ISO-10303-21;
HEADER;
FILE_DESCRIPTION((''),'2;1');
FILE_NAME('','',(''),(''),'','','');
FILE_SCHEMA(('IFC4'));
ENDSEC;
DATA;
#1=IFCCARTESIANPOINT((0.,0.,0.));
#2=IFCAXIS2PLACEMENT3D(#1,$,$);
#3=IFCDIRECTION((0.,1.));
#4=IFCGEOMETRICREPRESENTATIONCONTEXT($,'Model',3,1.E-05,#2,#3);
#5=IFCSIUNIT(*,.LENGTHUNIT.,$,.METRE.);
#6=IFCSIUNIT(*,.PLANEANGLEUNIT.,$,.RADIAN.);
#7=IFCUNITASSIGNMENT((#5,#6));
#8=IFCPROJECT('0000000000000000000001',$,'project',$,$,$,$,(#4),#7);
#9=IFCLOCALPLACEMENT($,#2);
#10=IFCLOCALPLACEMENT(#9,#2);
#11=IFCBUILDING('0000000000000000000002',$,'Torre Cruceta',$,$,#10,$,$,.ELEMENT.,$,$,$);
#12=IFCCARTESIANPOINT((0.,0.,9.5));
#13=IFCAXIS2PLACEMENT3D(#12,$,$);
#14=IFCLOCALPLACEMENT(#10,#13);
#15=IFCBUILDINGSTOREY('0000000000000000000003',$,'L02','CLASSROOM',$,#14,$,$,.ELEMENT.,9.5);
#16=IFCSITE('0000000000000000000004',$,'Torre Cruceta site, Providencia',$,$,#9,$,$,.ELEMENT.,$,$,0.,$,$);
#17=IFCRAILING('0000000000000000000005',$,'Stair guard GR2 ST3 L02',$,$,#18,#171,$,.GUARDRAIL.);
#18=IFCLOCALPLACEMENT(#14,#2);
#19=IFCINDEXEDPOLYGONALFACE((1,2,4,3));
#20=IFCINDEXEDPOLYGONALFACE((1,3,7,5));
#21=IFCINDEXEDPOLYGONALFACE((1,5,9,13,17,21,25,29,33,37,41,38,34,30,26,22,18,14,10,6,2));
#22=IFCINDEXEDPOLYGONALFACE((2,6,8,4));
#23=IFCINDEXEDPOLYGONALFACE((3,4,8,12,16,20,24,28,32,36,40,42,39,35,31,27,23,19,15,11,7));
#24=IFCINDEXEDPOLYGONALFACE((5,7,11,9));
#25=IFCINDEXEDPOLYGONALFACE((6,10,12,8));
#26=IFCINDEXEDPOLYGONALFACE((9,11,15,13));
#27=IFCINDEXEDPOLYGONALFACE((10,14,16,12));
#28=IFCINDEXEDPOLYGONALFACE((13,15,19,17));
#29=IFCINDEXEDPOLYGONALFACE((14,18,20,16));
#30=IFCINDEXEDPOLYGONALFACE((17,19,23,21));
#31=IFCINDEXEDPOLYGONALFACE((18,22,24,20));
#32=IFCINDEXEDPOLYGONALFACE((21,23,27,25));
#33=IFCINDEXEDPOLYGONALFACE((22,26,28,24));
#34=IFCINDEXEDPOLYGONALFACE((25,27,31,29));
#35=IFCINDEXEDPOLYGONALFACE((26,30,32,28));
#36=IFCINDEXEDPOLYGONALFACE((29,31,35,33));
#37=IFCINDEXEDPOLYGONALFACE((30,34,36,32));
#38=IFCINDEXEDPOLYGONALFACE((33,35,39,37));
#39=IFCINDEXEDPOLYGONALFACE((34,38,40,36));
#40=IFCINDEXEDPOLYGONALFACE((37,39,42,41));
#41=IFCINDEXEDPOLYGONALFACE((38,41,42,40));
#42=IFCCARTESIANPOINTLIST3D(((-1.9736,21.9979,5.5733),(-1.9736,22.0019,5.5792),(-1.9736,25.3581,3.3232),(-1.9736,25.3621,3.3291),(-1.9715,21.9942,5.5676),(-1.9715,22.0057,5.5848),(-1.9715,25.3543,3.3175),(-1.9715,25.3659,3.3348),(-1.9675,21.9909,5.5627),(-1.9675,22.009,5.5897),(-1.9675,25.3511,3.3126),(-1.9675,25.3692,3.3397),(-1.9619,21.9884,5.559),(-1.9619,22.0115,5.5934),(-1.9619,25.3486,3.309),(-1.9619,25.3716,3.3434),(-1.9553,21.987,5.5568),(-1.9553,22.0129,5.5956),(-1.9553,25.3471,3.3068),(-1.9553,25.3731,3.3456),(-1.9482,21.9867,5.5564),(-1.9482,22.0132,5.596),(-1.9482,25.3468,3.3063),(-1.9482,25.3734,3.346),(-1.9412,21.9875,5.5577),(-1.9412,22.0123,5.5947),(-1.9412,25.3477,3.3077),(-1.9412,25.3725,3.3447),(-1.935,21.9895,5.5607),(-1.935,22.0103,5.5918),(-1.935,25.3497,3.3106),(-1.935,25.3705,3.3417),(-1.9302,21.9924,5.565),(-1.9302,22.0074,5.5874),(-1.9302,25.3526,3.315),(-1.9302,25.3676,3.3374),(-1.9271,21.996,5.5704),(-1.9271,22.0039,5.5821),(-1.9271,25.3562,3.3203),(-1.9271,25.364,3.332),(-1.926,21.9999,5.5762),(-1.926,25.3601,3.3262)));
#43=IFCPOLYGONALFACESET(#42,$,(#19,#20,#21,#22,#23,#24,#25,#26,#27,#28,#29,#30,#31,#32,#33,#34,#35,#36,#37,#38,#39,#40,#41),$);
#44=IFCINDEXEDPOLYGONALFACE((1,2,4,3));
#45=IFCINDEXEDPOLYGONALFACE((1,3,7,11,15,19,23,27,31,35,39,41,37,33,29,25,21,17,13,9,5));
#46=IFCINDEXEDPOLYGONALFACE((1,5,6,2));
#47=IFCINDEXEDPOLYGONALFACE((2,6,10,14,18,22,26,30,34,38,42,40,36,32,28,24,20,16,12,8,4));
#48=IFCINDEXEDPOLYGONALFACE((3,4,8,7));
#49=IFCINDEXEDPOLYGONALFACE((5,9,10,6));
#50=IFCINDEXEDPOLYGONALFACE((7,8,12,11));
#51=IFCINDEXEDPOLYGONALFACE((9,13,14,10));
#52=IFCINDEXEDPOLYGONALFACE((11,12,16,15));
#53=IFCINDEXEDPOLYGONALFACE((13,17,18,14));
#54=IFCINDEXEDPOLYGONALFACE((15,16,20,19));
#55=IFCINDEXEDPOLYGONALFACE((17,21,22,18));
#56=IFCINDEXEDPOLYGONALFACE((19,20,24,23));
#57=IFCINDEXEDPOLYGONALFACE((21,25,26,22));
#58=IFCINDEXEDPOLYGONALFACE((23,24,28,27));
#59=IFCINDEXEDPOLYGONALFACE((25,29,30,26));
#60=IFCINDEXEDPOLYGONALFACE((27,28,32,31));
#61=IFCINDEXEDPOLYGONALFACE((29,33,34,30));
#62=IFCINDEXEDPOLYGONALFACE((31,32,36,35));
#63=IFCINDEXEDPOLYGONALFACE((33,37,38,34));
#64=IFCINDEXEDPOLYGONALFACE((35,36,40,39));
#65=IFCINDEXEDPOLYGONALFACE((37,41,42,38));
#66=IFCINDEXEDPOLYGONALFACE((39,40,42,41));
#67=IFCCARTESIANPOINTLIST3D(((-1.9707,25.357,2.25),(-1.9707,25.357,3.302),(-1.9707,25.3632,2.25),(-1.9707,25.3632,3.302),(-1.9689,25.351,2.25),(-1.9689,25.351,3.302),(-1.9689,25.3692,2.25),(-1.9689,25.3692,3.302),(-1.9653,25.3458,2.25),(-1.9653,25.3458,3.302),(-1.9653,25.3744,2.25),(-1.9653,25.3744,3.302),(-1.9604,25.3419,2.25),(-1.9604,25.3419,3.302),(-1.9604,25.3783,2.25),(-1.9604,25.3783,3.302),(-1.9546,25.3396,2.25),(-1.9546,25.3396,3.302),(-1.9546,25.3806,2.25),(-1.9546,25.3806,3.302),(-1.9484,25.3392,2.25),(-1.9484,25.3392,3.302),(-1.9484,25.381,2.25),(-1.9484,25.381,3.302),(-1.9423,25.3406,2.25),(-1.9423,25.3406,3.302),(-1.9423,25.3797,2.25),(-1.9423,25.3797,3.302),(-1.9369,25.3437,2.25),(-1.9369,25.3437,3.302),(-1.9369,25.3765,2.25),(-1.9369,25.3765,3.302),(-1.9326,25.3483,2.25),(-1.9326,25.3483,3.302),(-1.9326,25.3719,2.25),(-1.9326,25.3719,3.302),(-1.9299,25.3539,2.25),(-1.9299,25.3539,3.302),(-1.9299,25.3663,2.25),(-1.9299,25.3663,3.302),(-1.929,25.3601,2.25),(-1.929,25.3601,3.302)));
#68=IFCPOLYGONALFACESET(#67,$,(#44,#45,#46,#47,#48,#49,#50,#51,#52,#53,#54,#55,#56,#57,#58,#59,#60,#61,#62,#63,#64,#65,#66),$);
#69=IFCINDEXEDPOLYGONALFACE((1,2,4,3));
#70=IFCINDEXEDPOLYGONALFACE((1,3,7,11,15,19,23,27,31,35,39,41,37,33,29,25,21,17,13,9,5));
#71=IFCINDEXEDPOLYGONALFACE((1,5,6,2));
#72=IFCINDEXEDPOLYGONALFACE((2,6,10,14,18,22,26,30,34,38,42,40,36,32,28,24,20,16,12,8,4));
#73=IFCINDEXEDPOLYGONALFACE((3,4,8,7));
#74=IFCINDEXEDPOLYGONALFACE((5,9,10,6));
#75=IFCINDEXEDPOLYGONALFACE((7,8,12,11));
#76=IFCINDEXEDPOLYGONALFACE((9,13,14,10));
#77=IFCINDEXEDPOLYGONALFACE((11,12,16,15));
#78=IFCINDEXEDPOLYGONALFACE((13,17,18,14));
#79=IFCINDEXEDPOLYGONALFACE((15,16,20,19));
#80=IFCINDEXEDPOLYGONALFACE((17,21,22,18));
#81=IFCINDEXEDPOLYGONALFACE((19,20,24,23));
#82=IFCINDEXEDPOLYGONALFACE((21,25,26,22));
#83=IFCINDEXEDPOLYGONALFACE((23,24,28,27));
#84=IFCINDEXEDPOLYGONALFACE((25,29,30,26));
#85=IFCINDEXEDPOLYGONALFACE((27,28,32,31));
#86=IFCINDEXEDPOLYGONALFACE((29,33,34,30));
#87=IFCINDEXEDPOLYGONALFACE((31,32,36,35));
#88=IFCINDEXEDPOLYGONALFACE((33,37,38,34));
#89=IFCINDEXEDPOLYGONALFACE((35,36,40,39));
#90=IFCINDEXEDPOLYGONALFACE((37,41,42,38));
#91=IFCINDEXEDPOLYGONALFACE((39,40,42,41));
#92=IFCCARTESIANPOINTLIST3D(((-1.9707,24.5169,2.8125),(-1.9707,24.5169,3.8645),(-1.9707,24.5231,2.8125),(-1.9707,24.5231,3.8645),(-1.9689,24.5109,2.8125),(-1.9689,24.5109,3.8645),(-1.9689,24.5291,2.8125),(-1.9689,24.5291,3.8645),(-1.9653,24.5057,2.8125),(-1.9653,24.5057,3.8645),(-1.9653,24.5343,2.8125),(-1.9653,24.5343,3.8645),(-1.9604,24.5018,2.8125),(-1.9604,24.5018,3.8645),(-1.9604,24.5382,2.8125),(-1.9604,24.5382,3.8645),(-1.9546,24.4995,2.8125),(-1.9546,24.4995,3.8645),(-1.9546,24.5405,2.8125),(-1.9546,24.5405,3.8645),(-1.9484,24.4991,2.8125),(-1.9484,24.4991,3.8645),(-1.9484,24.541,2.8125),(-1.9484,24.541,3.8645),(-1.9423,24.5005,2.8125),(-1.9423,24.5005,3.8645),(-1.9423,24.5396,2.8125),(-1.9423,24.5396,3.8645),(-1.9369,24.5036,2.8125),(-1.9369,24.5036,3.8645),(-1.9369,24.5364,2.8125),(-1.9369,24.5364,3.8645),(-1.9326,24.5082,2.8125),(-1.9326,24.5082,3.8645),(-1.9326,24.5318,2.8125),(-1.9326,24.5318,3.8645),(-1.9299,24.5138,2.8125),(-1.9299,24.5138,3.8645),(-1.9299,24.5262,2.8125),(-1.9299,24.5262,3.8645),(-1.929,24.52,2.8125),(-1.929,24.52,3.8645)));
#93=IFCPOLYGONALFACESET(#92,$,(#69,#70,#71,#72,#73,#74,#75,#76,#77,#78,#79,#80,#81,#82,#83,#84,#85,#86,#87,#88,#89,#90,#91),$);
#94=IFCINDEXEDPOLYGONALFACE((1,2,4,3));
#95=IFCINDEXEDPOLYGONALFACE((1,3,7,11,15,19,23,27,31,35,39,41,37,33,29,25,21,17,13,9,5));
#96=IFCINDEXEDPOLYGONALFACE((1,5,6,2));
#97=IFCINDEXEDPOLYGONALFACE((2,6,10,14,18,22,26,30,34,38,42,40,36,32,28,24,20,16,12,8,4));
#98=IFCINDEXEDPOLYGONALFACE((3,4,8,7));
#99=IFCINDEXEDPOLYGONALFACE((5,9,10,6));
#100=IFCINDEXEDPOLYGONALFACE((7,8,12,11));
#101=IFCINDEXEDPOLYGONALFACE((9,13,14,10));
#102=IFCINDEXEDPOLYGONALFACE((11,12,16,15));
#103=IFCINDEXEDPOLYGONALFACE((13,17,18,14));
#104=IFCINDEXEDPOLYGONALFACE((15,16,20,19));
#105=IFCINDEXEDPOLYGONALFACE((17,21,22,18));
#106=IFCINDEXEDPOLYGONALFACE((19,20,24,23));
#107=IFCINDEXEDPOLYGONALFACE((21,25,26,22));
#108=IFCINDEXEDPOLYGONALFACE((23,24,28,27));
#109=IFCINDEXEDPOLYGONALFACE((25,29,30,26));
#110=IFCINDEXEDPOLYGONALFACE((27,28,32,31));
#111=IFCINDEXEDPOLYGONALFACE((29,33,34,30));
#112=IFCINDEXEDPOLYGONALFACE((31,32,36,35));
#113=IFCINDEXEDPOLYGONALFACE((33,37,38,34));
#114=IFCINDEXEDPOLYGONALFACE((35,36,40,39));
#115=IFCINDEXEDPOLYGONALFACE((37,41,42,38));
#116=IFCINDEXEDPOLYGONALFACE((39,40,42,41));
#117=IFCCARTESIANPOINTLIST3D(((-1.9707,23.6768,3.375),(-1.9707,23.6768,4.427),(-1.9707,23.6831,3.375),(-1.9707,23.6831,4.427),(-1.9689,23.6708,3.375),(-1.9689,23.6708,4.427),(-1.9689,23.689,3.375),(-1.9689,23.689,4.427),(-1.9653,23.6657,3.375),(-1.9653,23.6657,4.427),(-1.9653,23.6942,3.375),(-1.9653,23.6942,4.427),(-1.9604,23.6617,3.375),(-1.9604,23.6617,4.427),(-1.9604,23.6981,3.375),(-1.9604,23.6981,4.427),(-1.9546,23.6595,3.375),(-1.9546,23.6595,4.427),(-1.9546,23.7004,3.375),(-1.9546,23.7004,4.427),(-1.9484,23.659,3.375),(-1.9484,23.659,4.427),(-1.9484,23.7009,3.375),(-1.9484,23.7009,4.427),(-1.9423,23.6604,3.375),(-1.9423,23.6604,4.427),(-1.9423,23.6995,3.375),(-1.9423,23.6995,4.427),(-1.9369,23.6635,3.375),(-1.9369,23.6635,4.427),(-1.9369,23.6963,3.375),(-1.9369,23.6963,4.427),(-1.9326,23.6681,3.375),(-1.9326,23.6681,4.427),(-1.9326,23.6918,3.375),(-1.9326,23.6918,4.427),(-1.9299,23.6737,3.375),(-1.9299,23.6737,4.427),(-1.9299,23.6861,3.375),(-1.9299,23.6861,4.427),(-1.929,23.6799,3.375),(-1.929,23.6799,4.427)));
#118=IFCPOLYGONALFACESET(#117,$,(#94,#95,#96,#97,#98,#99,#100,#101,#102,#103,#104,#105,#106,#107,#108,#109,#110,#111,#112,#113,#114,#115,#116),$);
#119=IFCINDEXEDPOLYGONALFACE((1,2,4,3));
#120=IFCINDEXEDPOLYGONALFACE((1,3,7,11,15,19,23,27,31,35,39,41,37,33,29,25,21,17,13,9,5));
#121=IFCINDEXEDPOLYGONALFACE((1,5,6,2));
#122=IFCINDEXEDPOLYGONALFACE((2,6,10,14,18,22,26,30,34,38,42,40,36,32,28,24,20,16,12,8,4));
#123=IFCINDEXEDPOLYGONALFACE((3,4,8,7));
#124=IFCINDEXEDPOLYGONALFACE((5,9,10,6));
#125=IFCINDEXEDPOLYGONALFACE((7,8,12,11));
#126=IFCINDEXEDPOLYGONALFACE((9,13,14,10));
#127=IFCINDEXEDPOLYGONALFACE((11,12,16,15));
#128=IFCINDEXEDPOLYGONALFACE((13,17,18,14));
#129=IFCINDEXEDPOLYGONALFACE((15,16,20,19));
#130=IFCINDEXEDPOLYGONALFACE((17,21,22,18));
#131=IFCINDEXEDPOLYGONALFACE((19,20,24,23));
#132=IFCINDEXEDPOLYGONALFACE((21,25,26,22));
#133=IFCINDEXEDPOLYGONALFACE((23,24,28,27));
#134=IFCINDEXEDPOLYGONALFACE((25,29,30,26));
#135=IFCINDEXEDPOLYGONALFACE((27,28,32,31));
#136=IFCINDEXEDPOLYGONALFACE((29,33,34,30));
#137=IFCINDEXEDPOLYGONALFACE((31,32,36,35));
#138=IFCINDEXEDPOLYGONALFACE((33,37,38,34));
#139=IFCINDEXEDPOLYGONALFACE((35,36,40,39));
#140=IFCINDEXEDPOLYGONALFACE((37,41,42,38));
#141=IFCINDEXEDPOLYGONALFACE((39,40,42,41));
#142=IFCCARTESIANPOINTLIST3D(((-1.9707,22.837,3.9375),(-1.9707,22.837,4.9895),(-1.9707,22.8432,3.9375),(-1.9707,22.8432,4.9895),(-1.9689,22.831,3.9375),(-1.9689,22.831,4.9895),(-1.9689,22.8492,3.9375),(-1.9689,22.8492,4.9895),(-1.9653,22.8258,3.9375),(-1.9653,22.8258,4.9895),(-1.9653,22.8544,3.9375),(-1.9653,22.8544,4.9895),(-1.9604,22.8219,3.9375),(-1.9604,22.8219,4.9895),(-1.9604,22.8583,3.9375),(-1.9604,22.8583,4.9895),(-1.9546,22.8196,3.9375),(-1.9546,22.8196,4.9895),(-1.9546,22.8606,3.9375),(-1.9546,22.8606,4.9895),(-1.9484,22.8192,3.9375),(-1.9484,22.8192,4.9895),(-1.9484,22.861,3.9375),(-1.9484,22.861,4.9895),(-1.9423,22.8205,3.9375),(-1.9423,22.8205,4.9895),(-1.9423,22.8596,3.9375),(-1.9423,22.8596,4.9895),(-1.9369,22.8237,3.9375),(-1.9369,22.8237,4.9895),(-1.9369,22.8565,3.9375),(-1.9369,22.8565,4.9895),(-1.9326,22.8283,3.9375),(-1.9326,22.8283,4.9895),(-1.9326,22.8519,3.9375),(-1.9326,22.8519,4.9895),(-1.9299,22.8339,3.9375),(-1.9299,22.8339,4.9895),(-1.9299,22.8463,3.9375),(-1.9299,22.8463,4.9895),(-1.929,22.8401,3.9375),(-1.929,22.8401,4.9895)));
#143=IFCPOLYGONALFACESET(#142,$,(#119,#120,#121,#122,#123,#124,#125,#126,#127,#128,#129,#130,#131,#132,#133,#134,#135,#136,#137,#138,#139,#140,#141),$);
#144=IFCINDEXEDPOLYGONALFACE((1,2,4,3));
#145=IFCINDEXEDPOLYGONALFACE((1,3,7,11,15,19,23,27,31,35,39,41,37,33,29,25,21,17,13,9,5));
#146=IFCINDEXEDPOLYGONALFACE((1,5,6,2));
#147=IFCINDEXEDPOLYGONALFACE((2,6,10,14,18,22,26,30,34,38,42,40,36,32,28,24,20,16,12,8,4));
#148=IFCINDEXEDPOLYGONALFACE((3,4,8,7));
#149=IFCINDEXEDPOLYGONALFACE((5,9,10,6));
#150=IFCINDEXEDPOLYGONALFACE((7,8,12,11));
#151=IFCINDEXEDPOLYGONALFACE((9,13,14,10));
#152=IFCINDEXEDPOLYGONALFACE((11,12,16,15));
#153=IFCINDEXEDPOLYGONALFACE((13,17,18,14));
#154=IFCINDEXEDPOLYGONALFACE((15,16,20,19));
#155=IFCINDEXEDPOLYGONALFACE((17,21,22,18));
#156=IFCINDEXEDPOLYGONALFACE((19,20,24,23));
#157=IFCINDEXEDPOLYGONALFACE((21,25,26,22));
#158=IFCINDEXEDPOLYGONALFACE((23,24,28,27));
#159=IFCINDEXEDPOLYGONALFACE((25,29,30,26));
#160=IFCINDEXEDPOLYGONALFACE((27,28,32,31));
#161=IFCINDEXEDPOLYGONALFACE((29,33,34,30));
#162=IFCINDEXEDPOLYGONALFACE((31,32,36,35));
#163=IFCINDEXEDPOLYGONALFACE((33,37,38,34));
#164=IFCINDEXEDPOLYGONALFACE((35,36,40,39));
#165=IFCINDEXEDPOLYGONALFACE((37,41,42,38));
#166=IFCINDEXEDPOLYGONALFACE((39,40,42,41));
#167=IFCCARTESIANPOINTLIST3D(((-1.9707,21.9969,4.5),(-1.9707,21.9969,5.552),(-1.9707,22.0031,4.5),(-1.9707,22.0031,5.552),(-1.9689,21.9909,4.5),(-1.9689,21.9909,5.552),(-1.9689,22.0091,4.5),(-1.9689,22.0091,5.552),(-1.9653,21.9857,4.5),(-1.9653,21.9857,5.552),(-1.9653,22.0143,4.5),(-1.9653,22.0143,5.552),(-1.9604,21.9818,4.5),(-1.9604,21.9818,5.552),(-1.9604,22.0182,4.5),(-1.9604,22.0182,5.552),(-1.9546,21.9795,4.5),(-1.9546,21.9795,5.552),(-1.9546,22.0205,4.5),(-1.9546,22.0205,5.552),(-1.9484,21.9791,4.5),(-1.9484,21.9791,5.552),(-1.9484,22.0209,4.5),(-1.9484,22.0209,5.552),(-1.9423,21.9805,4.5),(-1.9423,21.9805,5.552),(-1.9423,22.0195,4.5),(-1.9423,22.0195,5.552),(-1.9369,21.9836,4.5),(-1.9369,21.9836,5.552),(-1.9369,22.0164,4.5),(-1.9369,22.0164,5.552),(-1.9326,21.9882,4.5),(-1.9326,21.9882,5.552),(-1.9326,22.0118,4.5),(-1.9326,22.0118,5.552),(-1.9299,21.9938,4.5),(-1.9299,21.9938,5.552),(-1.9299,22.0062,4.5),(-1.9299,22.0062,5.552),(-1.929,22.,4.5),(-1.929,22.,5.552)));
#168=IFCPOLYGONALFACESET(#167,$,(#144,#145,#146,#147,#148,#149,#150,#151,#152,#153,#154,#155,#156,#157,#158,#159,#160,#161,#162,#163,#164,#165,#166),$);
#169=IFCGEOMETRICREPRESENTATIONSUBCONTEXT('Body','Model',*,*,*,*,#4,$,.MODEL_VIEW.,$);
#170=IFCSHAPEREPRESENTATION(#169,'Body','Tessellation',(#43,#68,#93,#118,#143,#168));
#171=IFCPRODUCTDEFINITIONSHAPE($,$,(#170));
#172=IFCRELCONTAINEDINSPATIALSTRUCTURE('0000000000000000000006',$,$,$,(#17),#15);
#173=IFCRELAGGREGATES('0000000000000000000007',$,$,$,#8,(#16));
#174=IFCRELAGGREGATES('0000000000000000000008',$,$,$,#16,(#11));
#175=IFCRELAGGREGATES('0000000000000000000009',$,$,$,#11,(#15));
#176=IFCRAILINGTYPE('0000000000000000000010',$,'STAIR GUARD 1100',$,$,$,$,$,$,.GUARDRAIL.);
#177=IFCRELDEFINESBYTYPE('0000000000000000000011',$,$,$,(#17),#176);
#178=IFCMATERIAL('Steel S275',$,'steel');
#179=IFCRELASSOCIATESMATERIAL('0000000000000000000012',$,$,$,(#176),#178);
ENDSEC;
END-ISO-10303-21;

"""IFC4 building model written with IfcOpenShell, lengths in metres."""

from ifc_helpers import new_model, si_unit, direction, frame, origin, origin_2d, place, context, subcontext, project, spatial, circle, extrude, material, type_object, element, save


model = new_model("IFC4")

# Units and contexts
model_context = context("Model", 3, precision=1e-05, world=origin(), true_north=direction((0.0, 1.0)))
body_context = subcontext(model_context, "Body", "Model", "MODEL_VIEW")
ifc_project = project(units=[si_unit("LENGTHUNIT", "METRE"), si_unit("PLANEANGLEUNIT", "RADIAN")], contexts=[model_context])

# Site, building, storey
site_placement = place(None, origin())
site = spatial("IfcSite", under=ifc_project, at=site_placement, Name="Torre Cruceta site, Providencia", CompositionType="ELEMENT", RefElevation=0.0)
building_placement = place(site_placement, origin())
building = spatial("IfcBuilding", under=site, at=building_placement, Name="Torre Cruceta", CompositionType="ELEMENT")
storey_placement = place(building_placement, frame((0.0, 0.0, 9.5)))
storey = spatial("IfcBuildingStorey", under=building, at=storey_placement, Name="L02", Description="CLASSROOM", CompositionType="ELEMENT", Elevation=9.5)

# Railing
ifc_material_1 = material(Name="Steel S275", Category="steel")
railing_type_1 = type_object("IfcRailingType", Name="STAIR GUARD 1100", PredefinedType="GUARDRAIL", material=ifc_material_1)
railing_1_placement = place(storey_placement, frame((-1.95, 25.3601, 2.25)))
element("IfcRailing", 1, at=railing_1_placement, inside=storey, type_object=railing_type_1, Name="Stair guard GR2 ST3 L02", PredefinedType="GUARDRAIL", context=body_context, shape_type="SweptSolid", body=[
    extrude(circle(Radius=0.0239, at=origin_2d()), frame((0.0, 0.0, 1.0762), z_axis=(0.0, -0.830915, 0.556399), x_axis=(1.0, 0.0, 0.0)), (0.0, 0.0, 1.0), 4.0439),
    extrude(circle(Radius=0.021, at=origin_2d()), origin(), (0.0, 0.0, 1.0), 1.052),
    extrude(circle(Radius=0.021, at=origin_2d()), frame((0.0, -0.8401, 0.5625)), (0.0, 0.0, 1.0), 1.052),
    extrude(circle(Radius=0.021, at=origin_2d()), frame((0.0, -1.6802, 1.125)), (0.0, 0.0, 1.0), 1.052),
    extrude(circle(Radius=0.021, at=origin_2d()), frame((0.0, -2.52, 1.6875)), (0.0, 0.0, 1.0), 1.052),
    extrude(circle(Radius=0.021, at=origin_2d()), frame((0.0, -3.3601, 2.25)), (0.0, 0.0, 1.0), 1.052),
])

save(model, "model.ifc")
